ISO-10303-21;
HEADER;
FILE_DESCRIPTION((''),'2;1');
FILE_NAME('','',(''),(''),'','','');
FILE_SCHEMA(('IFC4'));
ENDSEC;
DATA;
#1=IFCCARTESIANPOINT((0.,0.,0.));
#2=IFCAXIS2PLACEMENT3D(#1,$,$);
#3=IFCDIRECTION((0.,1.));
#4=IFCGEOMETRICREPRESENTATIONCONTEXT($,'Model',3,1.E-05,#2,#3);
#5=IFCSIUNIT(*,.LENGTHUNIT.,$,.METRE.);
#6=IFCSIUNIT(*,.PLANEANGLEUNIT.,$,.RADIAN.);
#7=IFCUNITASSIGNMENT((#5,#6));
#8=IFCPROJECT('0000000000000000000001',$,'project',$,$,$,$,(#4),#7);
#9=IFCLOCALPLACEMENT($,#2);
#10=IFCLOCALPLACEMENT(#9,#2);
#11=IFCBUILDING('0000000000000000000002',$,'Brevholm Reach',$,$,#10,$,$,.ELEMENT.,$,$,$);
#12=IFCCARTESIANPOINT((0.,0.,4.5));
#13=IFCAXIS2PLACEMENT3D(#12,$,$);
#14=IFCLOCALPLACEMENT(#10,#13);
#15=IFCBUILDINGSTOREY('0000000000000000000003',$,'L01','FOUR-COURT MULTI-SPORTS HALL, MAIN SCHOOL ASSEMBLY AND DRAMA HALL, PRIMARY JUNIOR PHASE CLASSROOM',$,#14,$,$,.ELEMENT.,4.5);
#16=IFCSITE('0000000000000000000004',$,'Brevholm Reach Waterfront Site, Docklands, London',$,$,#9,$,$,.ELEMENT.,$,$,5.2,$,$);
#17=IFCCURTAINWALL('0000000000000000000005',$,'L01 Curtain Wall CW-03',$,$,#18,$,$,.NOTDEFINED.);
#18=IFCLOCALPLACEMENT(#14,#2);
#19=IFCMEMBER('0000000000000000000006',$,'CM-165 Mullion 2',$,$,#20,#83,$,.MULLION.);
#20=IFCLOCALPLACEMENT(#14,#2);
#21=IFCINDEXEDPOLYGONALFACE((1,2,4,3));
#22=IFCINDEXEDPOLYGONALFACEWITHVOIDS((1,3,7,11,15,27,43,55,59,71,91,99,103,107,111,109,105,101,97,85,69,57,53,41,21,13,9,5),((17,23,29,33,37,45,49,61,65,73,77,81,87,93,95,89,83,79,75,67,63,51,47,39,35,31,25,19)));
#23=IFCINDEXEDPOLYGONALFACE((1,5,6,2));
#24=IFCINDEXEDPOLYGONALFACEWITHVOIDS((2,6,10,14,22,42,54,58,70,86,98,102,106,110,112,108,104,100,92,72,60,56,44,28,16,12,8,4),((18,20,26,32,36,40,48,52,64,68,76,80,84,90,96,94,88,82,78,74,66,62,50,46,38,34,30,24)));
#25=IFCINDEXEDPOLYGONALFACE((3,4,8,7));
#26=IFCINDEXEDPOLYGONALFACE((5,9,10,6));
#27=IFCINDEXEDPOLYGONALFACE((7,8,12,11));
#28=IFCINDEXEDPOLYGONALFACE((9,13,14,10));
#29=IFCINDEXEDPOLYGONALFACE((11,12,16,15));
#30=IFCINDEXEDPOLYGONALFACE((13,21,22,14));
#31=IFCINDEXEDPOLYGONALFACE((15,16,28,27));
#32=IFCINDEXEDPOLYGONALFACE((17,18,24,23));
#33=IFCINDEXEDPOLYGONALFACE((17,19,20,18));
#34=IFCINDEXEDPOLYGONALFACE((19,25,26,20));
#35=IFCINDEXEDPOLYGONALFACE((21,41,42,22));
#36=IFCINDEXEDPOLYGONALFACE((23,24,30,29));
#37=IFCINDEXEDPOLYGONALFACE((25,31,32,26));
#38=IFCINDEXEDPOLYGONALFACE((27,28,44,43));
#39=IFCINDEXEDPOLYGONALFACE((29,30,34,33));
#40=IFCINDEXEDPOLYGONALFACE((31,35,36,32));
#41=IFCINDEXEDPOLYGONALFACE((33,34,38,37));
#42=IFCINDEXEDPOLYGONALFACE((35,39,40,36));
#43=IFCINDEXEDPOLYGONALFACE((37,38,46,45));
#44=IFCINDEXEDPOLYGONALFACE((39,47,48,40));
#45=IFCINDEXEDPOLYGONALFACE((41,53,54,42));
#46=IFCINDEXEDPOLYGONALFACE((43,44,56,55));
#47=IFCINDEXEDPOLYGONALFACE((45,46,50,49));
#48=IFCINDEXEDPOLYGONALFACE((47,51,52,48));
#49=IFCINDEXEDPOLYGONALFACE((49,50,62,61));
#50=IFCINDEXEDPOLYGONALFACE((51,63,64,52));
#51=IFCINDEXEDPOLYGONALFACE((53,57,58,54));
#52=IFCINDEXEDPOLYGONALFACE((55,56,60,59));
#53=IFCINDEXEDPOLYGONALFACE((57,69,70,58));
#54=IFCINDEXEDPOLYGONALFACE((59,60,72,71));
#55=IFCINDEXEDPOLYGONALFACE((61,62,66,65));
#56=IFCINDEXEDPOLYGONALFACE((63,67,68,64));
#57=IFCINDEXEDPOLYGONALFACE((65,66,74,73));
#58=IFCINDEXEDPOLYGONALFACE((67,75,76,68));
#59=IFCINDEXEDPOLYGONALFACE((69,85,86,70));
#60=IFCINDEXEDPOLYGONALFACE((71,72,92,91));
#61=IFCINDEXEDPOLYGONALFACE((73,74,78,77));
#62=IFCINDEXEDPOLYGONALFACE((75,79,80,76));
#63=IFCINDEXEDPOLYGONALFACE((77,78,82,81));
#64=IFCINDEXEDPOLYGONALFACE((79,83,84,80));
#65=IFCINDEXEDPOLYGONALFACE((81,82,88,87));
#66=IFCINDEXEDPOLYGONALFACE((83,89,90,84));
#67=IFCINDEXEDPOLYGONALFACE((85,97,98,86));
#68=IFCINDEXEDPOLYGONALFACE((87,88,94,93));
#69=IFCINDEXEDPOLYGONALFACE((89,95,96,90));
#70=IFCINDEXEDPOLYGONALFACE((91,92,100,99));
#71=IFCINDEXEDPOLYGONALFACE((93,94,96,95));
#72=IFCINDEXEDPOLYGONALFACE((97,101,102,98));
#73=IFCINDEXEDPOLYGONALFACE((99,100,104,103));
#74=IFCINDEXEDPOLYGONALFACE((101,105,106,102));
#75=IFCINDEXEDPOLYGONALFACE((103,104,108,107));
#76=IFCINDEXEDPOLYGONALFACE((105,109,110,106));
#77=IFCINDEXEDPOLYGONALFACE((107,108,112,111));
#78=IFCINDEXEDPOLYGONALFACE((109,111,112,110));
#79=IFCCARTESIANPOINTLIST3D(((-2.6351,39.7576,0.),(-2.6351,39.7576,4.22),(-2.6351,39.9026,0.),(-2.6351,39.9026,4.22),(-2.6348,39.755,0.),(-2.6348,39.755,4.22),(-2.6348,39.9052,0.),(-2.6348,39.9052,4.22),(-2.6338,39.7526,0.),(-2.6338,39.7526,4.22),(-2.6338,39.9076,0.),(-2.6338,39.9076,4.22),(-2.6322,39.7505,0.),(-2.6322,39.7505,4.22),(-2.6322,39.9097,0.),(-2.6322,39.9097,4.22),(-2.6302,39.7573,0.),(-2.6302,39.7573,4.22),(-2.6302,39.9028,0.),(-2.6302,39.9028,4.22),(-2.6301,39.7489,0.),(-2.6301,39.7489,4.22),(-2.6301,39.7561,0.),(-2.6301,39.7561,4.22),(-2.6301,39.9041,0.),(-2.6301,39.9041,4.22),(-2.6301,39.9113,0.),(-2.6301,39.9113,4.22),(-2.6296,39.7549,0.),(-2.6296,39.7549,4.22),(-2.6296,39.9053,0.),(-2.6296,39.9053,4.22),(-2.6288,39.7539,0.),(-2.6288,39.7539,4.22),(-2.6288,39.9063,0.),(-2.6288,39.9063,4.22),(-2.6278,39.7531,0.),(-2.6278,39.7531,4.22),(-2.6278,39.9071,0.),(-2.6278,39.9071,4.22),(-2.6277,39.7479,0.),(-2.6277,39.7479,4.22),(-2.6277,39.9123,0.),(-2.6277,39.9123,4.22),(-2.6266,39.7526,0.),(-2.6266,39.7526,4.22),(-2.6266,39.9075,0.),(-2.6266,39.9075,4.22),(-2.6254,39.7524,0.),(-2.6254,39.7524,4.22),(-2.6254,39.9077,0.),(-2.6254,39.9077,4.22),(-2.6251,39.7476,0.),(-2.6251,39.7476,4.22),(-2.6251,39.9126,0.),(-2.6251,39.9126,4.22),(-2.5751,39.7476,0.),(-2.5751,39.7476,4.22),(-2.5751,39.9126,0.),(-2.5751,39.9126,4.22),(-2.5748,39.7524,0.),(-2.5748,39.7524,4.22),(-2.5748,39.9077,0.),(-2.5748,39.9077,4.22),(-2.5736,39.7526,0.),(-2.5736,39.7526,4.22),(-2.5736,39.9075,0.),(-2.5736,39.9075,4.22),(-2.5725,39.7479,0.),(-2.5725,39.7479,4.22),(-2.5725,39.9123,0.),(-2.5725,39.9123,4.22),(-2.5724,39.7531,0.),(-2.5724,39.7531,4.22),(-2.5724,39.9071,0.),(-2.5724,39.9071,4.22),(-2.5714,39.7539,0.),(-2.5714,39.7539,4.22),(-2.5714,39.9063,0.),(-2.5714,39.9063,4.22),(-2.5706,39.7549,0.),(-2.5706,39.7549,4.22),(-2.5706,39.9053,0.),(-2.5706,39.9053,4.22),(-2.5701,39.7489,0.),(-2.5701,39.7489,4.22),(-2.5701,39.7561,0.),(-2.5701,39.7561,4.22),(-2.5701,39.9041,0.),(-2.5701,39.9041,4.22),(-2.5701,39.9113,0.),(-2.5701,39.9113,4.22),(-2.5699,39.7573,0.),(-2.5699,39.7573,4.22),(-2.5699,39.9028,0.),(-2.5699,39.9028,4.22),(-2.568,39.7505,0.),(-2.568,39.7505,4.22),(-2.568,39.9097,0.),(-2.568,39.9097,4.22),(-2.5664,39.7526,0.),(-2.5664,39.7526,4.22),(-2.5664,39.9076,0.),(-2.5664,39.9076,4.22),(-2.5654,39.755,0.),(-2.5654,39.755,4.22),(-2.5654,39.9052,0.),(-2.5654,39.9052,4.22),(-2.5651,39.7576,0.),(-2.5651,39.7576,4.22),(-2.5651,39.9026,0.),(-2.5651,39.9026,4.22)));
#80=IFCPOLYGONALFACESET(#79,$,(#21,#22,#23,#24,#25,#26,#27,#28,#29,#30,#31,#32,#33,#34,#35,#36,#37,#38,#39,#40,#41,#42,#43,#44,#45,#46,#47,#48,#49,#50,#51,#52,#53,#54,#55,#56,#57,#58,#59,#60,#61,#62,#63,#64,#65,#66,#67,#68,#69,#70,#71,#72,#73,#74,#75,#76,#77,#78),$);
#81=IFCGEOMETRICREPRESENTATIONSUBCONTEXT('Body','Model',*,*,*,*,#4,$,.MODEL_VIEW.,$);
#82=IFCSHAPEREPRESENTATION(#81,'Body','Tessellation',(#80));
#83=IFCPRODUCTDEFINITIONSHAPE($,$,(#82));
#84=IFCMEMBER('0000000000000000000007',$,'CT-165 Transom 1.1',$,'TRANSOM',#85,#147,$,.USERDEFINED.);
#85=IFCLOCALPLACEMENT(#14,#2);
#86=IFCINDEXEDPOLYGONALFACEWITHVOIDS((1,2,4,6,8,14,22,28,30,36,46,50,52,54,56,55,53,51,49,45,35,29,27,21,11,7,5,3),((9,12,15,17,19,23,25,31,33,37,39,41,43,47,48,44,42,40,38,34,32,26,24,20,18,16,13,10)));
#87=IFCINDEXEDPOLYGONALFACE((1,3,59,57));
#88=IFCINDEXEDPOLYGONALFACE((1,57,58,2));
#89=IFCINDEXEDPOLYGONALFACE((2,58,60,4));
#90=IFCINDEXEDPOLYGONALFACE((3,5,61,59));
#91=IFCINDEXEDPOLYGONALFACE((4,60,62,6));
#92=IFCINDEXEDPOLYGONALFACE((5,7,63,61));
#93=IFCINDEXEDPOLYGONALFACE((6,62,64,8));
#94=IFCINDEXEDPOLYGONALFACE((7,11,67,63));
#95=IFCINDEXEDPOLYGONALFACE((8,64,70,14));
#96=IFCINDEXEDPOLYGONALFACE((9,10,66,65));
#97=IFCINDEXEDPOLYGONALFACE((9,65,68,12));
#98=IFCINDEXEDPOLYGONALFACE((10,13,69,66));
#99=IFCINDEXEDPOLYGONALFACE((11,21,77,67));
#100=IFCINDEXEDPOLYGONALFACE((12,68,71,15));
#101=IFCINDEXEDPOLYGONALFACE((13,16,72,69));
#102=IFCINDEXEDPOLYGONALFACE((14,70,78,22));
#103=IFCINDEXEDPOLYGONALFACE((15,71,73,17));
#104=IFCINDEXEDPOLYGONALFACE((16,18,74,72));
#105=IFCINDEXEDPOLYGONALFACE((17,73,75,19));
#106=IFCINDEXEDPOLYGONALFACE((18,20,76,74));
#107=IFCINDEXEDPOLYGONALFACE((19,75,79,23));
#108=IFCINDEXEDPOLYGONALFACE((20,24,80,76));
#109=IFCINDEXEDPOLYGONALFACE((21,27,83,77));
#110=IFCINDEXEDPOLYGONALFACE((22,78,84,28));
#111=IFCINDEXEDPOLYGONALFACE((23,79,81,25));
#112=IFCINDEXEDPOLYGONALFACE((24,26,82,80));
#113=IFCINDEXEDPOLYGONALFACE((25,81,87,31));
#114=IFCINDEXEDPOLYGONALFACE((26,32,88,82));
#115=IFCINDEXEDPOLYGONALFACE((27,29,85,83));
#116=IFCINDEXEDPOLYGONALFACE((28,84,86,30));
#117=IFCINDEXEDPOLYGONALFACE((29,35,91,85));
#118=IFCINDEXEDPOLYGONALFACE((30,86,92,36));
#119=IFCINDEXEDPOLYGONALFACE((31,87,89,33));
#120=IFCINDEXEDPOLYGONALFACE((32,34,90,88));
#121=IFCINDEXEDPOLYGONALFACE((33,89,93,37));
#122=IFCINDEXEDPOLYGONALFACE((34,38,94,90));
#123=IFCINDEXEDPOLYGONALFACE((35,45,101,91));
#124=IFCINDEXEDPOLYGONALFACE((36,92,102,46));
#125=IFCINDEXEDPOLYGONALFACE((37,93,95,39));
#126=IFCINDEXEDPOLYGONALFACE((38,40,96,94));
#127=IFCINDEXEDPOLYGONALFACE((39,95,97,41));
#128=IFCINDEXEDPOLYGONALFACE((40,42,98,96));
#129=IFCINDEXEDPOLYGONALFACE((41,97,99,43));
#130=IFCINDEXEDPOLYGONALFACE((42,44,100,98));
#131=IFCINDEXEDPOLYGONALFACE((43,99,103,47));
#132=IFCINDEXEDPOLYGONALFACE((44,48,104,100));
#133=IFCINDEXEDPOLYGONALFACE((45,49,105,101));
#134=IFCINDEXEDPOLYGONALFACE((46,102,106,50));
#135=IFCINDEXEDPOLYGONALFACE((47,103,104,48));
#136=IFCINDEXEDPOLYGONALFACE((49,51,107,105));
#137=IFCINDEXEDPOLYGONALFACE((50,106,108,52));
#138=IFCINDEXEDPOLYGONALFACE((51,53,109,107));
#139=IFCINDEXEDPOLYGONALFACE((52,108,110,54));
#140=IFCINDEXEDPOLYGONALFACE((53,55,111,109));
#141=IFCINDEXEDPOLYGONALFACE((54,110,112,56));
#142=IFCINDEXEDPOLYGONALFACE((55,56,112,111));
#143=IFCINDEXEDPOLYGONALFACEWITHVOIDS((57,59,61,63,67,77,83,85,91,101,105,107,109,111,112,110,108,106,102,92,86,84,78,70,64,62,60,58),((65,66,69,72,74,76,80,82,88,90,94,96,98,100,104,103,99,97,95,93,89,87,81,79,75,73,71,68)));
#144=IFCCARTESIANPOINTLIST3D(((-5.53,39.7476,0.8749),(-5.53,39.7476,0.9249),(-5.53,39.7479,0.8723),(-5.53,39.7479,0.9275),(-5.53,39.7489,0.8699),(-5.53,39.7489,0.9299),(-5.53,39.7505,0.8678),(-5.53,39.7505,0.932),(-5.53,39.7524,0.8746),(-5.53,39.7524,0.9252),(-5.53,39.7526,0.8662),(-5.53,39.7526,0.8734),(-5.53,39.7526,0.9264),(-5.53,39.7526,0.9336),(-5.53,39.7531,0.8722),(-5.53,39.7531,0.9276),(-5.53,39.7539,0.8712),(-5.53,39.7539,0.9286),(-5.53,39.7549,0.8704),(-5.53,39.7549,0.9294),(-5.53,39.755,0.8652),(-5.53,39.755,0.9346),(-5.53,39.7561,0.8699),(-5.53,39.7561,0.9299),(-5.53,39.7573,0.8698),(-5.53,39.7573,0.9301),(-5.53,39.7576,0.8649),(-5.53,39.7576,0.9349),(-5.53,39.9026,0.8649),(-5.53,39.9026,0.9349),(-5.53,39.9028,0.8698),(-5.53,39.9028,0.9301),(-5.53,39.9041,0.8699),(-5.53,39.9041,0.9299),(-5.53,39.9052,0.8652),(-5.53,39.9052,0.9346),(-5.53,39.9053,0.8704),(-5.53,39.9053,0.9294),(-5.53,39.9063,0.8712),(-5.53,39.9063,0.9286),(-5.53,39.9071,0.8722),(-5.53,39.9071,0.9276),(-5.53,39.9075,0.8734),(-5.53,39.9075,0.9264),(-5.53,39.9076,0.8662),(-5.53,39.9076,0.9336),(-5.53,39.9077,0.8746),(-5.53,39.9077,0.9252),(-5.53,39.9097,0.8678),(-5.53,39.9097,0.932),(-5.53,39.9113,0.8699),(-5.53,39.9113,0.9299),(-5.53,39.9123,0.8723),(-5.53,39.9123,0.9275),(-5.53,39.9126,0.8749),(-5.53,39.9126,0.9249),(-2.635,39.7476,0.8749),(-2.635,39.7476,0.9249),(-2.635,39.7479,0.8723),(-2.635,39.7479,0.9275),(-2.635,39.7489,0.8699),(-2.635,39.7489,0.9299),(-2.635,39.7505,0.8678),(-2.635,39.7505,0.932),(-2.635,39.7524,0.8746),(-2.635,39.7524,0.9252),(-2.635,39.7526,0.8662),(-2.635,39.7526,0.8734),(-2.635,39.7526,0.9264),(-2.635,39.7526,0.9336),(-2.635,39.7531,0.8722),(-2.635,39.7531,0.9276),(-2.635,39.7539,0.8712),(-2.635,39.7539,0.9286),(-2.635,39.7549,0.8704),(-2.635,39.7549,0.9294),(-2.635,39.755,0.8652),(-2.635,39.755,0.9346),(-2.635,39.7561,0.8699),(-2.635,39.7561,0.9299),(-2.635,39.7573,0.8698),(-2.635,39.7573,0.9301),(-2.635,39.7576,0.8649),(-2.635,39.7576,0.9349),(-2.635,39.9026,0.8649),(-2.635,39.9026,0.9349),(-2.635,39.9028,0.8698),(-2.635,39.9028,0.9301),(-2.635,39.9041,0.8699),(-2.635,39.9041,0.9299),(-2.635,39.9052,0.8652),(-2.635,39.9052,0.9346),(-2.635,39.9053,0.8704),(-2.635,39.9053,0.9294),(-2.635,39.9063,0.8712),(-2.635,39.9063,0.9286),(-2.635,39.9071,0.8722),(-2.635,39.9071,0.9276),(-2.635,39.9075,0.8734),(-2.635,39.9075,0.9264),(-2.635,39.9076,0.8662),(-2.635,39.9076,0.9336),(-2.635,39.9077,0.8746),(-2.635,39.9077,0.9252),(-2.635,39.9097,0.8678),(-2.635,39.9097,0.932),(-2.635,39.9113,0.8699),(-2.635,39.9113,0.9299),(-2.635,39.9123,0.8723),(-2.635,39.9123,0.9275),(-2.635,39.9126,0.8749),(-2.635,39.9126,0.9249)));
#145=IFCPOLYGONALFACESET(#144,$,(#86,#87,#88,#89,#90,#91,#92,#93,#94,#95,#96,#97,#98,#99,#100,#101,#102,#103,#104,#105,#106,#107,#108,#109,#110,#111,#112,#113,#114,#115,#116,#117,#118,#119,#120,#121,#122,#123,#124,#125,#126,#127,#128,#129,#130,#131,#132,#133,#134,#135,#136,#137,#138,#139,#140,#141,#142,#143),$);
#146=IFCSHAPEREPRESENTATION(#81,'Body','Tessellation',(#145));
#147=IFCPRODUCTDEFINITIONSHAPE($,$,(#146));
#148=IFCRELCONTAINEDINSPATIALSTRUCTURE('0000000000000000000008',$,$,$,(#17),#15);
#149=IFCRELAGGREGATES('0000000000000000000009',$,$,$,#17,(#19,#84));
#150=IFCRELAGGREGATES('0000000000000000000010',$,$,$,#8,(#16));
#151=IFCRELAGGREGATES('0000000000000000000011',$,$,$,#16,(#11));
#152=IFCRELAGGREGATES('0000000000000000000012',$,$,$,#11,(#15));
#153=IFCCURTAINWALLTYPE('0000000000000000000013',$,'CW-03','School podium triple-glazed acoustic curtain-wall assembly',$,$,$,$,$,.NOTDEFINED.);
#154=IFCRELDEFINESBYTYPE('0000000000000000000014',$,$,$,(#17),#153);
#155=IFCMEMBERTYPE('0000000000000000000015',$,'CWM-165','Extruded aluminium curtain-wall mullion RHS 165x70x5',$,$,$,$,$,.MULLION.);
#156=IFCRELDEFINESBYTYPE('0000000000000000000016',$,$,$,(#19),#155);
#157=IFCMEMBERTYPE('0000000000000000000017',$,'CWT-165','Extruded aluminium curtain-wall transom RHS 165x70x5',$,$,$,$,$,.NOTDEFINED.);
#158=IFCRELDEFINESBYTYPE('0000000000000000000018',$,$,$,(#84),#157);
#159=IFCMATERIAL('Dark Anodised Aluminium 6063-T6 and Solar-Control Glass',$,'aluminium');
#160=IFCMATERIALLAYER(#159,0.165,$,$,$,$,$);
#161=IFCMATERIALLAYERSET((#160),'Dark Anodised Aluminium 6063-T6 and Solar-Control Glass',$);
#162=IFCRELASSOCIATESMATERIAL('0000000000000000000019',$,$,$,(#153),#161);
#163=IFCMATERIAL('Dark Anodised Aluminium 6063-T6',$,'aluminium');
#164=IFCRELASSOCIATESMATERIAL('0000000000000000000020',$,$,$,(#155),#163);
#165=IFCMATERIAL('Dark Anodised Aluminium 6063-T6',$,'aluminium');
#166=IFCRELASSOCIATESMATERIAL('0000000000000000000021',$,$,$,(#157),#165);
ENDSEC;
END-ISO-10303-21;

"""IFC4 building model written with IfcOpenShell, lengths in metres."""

from ifc_helpers import new_model, si_unit, direction, frame, origin, origin_2d, place, context, subcontext, project, spatial, hollow_rectangle, extrude, material, layer, layer_set, material_profile, profile_set, type_object, element, aggregate, save


model = new_model("IFC4")

# Units and contexts
model_context = context("Model", 3, precision=1e-05, world=origin(), true_north=direction((0.0, 1.0)))
body_context = subcontext(model_context, "Body", "Model", "MODEL_VIEW")
ifc_project = project(units=[si_unit("LENGTHUNIT", "METRE"), si_unit("PLANEANGLEUNIT", "RADIAN")], contexts=[model_context])

# Site, building, storey
site_placement = place(None, origin())
site = spatial("IfcSite", under=ifc_project, at=site_placement, Name="Brevholm Reach Waterfront Site, Docklands, London", CompositionType="ELEMENT", RefElevation=5.2)
building_placement = place(site_placement, origin())
building = spatial("IfcBuilding", under=site, at=building_placement, Name="Brevholm Reach", CompositionType="ELEMENT")
storey_placement = place(building_placement, frame((0.0, 0.0, 4.5)))
storey = spatial("IfcBuildingStorey", under=building, at=storey_placement, Name="L01", Description="FOUR-COURT MULTI-SPORTS HALL, MAIN SCHOOL ASSEMBLY AND DRAMA HALL, PRIMARY JUNIOR PHASE CLASSROOM", CompositionType="ELEMENT", Elevation=4.5)

# Curtain wall, members
ifc_material_1 = material(Name="Dark Anodised Aluminium 6063-T6 and Solar-Control Glass", Category="aluminium")
ifc_layer_1 = layer(ifc_material_1, 0.165)
ifc_layer_set_1 = layer_set([ifc_layer_1], Name="Dark Anodised Aluminium 6063-T6 and Solar-Control Glass")
curtain_wall_type = type_object("IfcCurtainWallType", Name="CW-03", Description="School podium triple-glazed acoustic curtain-wall assembly", PredefinedType="NOTDEFINED", material=ifc_layer_set_1)
curtain_wall_placement = place(storey_placement, origin())
curtain_wall = element("IfcCurtainWall", 1, at=curtain_wall_placement, inside=storey, type_object=curtain_wall_type, Name="L01 Curtain Wall CW-03", PredefinedType="NOTDEFINED")
ifc_material_2 = material(Name="Dark Anodised Aluminium 6063-T6", Category="aluminium")
ifc_material_profile_1 = material_profile(ifc_material_2, hollow_rectangle(XDim=0.0701, YDim=0.165, WallThickness=0.0049, InnerFilletRadius=0.0049, OuterFilletRadius=0.01, at=origin_2d()), Name="RHS 165x70x5")
ifc_profile_set_1 = profile_set([ifc_material_profile_1], Name="Dark Anodised Aluminium 6063-T6")
member_type_1 = type_object("IfcMemberType", Name="CWM-165", Description="Extruded aluminium curtain-wall mullion RHS 165x70x5", PredefinedType="MULLION", material=ifc_profile_set_1)
member_1_placement = place(storey_placement, frame((-2.6001, 39.8301, 0.0), z_axis=(0.0, 0.0, 1.0), x_axis=(1.0, 0.0, 0.0)))
member_1 = element("IfcMember", 2, at=member_1_placement, type_object=member_type_1, Name="CM-165 Mullion 2", PredefinedType="MULLION", context=body_context, shape_type="SweptSolid", body=[
    extrude(hollow_rectangle(XDim=0.0701, YDim=0.165, WallThickness=0.0049, InnerFilletRadius=0.0049, OuterFilletRadius=0.01, at=origin_2d()), origin(), (0.0, 0.0, 1.0), 4.22),
])
ifc_material_3 = material(Name="Dark Anodised Aluminium 6063-T6", Category="aluminium")
ifc_material_profile_2 = material_profile(ifc_material_3, hollow_rectangle(XDim=0.0701, YDim=0.165, WallThickness=0.0049, InnerFilletRadius=0.0049, OuterFilletRadius=0.01, at=origin_2d()), Name="RHS 165x70x5")
ifc_profile_set_2 = profile_set([ifc_material_profile_2], Name="Dark Anodised Aluminium 6063-T6")
member_type_2 = type_object("IfcMemberType", Name="CWT-165", Description="Extruded aluminium curtain-wall transom RHS 165x70x5", PredefinedType="NOTDEFINED", material=ifc_profile_set_2)
member_2_placement = place(storey_placement, frame((-5.53, 39.8301, 0.8999), z_axis=(1.0, 0.0, 0.0), x_axis=(0.0, 0.0, 1.0)))
member_2 = element("IfcMember", 3, at=member_2_placement, type_object=member_type_2, Name="CT-165 Transom 1.1", ObjectType="TRANSOM", PredefinedType="USERDEFINED", context=body_context, shape_type="SweptSolid", body=[
    extrude(hollow_rectangle(XDim=0.0701, YDim=0.165, WallThickness=0.0049, InnerFilletRadius=0.0049, OuterFilletRadius=0.01, at=origin_2d()), origin(), (0.0, 0.0, 1.0), 2.895),
])
aggregate(curtain_wall, [member_1, member_2])

save(model, "model.ifc")
